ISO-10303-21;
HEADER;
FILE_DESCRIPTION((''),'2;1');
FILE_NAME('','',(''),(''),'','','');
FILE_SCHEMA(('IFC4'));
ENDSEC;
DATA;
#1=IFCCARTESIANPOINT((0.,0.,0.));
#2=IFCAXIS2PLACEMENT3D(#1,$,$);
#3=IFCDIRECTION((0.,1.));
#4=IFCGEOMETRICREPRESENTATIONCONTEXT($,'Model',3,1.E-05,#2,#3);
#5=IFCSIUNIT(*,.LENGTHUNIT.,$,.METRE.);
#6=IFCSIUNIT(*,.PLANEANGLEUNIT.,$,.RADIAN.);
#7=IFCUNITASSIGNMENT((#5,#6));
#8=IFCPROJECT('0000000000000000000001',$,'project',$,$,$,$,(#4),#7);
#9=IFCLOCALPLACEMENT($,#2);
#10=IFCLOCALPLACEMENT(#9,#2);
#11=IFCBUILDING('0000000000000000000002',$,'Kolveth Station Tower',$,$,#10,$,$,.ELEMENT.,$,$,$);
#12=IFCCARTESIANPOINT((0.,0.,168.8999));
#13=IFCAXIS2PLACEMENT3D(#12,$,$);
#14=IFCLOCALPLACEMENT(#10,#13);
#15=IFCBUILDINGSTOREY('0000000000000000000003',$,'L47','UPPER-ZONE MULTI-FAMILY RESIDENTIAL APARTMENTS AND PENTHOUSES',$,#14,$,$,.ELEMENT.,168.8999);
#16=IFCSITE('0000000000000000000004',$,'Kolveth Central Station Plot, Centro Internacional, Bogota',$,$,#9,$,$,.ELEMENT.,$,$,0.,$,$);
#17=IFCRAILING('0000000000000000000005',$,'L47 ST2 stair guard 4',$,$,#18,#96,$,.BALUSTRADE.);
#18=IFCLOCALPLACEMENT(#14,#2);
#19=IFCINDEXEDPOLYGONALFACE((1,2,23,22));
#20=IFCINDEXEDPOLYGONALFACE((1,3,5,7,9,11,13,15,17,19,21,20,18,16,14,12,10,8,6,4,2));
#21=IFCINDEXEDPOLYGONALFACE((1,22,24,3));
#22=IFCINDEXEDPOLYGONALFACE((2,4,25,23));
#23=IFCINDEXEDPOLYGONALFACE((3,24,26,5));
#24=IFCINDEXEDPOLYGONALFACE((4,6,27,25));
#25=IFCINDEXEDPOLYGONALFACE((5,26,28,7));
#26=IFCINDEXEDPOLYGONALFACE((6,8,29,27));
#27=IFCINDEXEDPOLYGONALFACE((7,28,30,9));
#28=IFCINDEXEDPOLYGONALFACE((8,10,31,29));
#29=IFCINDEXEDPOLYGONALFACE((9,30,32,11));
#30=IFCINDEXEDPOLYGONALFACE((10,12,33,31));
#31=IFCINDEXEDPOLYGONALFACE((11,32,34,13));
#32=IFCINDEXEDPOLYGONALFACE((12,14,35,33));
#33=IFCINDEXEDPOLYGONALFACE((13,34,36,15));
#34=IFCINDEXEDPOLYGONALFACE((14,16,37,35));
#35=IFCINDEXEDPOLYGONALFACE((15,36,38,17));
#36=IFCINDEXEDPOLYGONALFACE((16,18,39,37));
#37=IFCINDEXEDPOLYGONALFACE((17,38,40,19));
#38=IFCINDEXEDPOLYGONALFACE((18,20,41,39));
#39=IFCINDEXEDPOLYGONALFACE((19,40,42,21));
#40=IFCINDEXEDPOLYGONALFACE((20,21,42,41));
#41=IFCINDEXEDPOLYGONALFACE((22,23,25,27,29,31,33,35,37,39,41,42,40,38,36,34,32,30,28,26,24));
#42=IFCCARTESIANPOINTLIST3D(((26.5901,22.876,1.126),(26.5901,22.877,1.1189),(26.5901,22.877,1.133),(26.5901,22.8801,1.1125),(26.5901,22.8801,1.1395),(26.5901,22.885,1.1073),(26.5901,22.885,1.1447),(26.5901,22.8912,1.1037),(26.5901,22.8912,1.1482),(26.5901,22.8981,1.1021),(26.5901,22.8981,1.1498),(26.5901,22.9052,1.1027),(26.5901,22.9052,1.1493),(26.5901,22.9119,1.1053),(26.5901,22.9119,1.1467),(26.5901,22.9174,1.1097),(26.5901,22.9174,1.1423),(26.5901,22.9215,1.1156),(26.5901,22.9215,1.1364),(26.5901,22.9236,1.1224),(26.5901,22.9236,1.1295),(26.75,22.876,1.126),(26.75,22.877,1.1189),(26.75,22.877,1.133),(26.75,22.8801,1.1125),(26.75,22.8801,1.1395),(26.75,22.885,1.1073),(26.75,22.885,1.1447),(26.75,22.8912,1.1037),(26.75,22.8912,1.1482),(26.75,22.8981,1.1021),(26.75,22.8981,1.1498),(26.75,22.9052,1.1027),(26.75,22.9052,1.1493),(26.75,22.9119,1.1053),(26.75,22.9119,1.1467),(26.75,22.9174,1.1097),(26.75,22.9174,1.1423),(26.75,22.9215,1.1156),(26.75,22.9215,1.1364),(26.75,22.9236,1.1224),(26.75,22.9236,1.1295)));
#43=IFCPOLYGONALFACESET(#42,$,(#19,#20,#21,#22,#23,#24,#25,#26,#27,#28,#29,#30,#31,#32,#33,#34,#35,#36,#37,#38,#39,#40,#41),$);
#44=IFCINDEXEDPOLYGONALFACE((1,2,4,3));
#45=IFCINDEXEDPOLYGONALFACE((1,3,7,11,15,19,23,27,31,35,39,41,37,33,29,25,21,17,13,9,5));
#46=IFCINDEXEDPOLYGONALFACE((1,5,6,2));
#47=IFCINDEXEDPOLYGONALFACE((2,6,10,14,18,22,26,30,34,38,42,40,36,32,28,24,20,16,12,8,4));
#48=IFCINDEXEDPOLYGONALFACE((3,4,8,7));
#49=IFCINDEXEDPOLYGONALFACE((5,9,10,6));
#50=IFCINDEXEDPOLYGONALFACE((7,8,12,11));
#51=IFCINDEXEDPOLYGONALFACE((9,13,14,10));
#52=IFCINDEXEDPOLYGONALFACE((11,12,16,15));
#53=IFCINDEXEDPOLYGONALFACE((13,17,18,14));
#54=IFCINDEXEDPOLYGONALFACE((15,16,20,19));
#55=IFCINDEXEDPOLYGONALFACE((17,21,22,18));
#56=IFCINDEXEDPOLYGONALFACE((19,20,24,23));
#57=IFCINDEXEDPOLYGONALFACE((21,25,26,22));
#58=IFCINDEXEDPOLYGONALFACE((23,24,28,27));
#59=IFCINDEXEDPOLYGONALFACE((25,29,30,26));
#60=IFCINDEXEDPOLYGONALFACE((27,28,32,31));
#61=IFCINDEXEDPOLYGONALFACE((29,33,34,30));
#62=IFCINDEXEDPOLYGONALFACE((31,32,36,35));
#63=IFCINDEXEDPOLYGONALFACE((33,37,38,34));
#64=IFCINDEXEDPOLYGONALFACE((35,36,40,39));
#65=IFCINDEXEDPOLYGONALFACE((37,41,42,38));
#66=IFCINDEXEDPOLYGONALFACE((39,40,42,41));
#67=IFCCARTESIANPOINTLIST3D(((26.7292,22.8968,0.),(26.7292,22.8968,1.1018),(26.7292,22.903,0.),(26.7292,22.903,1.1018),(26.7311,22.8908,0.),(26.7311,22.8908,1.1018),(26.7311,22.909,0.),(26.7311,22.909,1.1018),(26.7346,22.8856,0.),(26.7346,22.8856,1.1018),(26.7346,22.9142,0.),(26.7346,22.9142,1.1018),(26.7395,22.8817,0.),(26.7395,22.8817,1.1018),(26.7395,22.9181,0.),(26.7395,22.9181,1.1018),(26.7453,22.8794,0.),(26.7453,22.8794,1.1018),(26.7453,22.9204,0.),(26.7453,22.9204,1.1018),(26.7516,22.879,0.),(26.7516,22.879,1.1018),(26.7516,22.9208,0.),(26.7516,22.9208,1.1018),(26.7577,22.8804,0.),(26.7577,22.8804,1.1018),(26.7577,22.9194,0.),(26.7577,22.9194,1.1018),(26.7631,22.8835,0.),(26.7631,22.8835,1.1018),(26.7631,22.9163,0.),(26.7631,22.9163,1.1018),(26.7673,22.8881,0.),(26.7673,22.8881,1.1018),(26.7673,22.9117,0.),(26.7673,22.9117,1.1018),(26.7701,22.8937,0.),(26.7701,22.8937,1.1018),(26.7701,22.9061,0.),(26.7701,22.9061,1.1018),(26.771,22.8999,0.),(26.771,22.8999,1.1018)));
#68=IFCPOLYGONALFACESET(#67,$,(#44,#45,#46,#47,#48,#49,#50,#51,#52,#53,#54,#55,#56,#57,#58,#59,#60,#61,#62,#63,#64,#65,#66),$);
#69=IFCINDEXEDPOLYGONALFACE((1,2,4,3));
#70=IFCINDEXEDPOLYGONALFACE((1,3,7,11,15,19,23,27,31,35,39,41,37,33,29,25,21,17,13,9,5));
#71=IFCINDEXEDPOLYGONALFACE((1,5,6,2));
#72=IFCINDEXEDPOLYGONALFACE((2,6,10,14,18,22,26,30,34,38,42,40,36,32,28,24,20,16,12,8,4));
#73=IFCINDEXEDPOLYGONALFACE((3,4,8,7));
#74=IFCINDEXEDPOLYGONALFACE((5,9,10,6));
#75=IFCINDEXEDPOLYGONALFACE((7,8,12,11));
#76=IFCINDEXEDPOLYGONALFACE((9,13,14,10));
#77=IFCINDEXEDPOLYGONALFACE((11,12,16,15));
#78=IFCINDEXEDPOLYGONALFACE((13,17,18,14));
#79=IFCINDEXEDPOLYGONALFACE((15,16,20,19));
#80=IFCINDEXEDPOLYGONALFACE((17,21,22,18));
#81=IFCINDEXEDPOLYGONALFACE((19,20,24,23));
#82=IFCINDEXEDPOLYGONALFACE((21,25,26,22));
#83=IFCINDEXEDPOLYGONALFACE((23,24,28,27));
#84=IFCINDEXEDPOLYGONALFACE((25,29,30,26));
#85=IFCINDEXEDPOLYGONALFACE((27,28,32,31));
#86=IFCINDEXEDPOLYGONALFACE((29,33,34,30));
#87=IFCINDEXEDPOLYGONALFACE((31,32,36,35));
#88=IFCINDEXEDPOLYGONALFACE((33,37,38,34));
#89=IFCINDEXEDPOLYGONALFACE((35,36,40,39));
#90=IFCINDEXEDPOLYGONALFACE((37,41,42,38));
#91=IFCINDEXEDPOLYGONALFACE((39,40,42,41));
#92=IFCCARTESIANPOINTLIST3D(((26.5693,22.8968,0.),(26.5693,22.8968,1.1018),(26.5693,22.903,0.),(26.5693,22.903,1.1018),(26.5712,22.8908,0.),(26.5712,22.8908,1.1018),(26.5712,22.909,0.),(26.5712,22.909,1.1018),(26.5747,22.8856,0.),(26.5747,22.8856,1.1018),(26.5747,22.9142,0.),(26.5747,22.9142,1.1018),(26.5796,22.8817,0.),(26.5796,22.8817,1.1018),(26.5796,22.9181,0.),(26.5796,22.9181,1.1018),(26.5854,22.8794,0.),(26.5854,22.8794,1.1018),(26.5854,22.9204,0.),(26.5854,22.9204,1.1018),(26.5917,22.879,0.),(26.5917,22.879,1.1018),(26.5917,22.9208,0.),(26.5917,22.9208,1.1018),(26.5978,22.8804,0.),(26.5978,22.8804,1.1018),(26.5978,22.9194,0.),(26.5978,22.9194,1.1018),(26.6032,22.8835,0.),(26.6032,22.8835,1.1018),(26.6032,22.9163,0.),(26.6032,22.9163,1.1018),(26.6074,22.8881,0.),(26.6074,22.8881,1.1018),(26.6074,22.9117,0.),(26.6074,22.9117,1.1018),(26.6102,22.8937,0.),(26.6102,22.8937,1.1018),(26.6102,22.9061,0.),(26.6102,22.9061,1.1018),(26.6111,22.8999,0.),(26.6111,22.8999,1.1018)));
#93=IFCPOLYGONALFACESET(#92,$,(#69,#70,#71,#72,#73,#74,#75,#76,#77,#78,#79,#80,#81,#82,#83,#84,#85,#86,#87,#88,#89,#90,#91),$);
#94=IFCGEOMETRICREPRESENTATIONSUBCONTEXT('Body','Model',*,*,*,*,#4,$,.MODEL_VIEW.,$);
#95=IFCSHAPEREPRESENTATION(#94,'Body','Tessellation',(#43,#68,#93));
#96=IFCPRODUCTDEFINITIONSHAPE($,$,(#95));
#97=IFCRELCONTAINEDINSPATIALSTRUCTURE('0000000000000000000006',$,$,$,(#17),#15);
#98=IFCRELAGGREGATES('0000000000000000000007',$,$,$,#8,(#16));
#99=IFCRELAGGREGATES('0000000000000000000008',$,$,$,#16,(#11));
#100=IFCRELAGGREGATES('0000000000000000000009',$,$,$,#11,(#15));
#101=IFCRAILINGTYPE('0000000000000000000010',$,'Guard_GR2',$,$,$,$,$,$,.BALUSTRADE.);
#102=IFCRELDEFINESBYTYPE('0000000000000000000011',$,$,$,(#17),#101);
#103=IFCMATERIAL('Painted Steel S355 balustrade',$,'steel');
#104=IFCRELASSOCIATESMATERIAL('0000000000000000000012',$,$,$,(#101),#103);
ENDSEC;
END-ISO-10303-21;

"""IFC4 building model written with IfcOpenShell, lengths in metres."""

from ifc_helpers import new_model, si_unit, direction, frame, origin, origin_2d, place, context, subcontext, project, spatial, circle, extrude, material, type_object, element, save


model = new_model("IFC4")

# Units and contexts
model_context = context("Model", 3, precision=1e-05, world=origin(), true_north=direction((0.0, 1.0)))
body_context = subcontext(model_context, "Body", "Model", "MODEL_VIEW")
ifc_project = project(units=[si_unit("LENGTHUNIT", "METRE"), si_unit("PLANEANGLEUNIT", "RADIAN")], contexts=[model_context])

# Site, building, storey
site_placement = place(None, origin())
site = spatial("IfcSite", under=ifc_project, at=site_placement, Name="Kolveth Central Station Plot, Centro Internacional, Bogota", CompositionType="ELEMENT", RefElevation=0.0)
building_placement = place(site_placement, origin())
building = spatial("IfcBuilding", under=site, at=building_placement, Name="Kolveth Station Tower", CompositionType="ELEMENT")
storey_placement = place(building_placement, frame((0.0, 0.0, 168.8999)))
storey = spatial("IfcBuildingStorey", under=building, at=storey_placement, Name="L47", Description="UPPER-ZONE MULTI-FAMILY RESIDENTIAL APARTMENTS AND PENTHOUSES", CompositionType="ELEMENT", Elevation=168.8999)

# Railing
ifc_material_1 = material(Name="Painted Steel S355 balustrade", Category="steel")
railing_type_1 = type_object("IfcRailingType", Name="Guard_GR2", PredefinedType="BALUSTRADE", material=ifc_material_1)
railing_1_placement = place(storey_placement, frame((26.75, 22.8999, 0.0)))
element("IfcRailing", 1, at=railing_1_placement, inside=storey, type_object=railing_type_1, Name="L47 ST2 stair guard 4", PredefinedType="BALUSTRADE", context=body_context, shape_type="SweptSolid", body=[
    extrude(circle(Radius=0.0239, at=origin_2d()), frame((0.0, 0.0, 1.126), z_axis=(-1.0, 0.0, 0.0), x_axis=(0.0, -1.0, 0.0)), (0.0, 0.0, 1.0), 0.1599),
    extrude(circle(Radius=0.021, at=origin_2d()), origin(), (0.0, 0.0, 1.0), 1.1018),
    extrude(circle(Radius=0.021, at=origin_2d()), frame((-0.1599, 0.0, 0.0)), (0.0, 0.0, 1.0), 1.1018),
])

save(model, "model.ifc")
